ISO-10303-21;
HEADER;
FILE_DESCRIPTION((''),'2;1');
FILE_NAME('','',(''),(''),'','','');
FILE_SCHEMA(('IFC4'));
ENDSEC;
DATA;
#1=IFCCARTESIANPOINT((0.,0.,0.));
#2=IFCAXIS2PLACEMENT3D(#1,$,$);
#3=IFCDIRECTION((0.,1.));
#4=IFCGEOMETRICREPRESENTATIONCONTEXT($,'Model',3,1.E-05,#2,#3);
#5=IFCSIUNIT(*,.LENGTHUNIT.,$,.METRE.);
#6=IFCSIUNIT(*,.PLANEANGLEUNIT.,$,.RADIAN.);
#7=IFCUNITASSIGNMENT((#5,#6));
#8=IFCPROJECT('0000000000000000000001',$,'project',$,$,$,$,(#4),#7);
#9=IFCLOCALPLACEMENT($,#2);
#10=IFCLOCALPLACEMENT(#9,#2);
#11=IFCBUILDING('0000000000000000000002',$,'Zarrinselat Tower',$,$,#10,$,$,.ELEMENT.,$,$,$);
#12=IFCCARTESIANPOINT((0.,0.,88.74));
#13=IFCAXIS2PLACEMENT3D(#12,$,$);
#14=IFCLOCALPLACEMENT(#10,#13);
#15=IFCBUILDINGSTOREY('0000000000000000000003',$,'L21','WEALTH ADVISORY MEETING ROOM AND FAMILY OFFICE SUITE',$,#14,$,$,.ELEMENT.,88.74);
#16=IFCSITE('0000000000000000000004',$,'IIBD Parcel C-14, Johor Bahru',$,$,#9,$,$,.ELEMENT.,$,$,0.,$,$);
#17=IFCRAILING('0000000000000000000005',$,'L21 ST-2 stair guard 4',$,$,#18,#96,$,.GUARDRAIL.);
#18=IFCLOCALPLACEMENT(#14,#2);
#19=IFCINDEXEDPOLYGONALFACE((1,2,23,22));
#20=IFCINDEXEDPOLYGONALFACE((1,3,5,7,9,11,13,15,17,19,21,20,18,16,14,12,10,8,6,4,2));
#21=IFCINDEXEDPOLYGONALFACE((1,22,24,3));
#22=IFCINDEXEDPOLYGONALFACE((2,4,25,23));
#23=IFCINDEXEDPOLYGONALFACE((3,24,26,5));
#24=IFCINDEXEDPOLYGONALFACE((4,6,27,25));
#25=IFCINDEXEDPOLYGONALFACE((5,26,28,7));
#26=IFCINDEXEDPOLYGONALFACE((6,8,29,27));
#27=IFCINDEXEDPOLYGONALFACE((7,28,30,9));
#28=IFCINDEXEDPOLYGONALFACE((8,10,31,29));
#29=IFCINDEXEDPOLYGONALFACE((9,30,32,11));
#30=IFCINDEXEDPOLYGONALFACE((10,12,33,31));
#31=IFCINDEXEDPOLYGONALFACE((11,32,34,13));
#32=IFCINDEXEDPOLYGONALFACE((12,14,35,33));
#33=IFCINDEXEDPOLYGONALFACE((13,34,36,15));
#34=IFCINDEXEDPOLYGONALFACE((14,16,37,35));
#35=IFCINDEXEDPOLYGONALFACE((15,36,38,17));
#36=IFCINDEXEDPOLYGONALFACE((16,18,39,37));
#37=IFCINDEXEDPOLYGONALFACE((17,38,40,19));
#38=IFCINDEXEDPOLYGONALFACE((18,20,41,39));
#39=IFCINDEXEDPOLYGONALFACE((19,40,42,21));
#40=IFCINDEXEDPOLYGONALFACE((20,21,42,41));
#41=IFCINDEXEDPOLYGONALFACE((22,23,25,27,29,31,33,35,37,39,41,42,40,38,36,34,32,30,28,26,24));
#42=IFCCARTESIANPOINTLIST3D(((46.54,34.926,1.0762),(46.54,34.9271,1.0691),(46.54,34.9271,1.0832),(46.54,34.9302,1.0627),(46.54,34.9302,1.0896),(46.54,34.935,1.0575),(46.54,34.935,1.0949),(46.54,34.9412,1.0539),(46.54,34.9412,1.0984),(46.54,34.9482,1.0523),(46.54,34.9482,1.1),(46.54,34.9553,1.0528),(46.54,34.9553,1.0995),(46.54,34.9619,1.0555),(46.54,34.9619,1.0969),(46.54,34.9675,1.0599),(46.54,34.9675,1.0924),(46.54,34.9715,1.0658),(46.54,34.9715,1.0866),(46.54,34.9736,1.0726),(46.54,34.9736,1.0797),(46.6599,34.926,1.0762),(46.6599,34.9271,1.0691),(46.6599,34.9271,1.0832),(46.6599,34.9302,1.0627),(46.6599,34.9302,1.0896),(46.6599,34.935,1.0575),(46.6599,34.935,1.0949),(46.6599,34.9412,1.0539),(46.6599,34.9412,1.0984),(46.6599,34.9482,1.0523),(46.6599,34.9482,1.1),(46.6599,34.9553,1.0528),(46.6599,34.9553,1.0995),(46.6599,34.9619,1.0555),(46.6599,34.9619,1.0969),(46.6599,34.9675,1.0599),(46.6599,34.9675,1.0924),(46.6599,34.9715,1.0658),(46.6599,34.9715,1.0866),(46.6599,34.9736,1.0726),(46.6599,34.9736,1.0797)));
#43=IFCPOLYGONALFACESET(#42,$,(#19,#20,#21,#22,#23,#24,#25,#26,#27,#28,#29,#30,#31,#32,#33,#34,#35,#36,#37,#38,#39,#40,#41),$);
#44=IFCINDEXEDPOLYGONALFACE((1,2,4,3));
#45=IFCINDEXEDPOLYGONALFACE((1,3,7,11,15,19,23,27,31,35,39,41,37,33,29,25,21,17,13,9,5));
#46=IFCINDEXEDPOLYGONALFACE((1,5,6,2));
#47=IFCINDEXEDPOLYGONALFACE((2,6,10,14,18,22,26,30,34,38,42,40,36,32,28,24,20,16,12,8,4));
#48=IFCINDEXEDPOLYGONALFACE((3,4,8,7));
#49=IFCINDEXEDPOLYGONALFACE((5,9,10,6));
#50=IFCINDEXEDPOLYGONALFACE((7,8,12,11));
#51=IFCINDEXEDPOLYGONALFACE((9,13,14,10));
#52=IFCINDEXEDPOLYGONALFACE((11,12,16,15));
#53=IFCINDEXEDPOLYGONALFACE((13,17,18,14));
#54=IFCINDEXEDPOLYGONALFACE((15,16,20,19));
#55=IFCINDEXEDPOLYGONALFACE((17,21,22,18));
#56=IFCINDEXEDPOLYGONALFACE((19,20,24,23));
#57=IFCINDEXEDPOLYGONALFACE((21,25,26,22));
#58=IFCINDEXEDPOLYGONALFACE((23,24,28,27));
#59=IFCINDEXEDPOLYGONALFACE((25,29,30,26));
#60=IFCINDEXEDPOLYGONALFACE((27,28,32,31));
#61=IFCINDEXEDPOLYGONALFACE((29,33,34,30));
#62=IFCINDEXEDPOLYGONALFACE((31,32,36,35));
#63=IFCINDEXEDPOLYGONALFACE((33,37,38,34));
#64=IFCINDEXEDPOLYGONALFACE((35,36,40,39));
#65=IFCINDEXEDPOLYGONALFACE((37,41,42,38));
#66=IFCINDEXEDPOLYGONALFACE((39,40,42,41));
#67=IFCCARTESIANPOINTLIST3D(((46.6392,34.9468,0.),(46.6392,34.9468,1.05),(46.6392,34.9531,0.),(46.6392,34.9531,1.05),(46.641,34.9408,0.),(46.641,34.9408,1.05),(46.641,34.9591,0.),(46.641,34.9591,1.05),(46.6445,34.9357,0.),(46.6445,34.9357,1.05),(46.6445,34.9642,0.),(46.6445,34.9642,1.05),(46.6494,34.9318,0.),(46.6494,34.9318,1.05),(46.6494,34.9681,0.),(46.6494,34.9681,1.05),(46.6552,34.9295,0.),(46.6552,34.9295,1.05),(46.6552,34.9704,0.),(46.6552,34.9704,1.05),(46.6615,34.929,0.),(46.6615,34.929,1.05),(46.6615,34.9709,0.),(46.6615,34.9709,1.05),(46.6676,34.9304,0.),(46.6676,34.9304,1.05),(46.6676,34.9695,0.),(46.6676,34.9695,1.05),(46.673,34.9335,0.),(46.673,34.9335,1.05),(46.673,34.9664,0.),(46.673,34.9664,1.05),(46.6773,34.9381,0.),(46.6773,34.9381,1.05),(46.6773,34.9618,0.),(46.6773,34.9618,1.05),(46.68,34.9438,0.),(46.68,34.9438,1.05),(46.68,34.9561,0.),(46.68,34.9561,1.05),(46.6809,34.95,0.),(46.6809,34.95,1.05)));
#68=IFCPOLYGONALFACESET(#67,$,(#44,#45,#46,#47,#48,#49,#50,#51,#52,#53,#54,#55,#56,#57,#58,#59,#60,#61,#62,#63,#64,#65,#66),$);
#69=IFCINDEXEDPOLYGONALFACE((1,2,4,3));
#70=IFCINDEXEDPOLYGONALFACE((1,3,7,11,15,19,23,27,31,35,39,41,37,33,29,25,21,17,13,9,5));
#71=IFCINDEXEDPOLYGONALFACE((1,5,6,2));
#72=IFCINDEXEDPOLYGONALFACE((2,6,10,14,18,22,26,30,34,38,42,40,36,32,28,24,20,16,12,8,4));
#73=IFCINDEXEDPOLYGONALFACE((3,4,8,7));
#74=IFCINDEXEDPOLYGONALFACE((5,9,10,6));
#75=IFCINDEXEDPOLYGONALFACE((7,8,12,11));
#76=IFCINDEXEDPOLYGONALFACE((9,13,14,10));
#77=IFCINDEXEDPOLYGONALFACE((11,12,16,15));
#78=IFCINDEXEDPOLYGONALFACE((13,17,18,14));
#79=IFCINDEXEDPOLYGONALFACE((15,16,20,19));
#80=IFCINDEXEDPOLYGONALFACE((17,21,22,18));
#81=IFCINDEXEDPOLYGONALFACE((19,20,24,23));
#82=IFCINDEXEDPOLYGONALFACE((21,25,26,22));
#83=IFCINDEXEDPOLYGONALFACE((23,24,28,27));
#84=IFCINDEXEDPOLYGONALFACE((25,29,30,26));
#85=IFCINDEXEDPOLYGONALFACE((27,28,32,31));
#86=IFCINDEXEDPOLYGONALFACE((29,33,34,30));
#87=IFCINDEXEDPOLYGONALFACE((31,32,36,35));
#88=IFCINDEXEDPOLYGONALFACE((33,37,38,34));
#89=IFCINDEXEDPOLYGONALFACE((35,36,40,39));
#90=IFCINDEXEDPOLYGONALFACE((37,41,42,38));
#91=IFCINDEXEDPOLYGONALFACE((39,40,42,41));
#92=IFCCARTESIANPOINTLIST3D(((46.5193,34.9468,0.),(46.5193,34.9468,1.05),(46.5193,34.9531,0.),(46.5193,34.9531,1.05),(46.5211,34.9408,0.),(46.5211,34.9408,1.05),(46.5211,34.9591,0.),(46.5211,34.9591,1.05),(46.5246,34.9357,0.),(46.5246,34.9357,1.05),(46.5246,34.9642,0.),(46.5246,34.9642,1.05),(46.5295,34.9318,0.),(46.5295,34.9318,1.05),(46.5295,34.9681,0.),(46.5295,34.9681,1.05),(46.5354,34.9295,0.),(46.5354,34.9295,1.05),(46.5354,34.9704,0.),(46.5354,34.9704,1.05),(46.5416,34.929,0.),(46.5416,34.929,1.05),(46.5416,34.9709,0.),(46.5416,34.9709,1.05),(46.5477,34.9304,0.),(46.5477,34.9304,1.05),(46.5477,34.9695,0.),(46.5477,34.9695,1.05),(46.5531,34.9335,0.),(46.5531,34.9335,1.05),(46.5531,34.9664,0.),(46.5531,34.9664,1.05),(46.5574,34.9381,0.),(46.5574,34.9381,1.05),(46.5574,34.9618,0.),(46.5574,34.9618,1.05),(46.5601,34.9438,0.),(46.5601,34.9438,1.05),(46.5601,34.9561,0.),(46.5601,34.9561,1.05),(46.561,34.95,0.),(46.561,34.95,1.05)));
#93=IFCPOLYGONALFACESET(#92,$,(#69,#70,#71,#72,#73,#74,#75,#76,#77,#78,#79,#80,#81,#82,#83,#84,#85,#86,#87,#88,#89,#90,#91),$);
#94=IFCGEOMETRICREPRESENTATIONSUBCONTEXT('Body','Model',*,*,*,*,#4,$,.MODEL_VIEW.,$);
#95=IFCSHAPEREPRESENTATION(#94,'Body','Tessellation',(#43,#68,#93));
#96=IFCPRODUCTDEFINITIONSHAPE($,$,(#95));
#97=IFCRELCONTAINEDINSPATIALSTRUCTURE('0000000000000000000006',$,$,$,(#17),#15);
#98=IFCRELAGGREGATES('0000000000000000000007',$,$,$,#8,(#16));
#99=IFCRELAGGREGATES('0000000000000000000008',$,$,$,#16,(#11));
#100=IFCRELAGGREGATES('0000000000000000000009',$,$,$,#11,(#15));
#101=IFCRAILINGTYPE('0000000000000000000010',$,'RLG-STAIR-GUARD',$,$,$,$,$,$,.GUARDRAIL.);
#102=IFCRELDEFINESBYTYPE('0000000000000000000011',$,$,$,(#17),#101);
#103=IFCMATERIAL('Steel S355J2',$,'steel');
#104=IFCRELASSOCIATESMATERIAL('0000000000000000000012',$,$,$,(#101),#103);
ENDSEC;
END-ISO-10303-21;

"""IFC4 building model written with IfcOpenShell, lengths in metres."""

from ifc_helpers import new_model, si_unit, direction, frame, origin, origin_2d, place, context, subcontext, project, spatial, circle, extrude, material, type_object, element, save


model = new_model("IFC4")

# Units and contexts
model_context = context("Model", 3, precision=1e-05, world=origin(), true_north=direction((0.0, 1.0)))
body_context = subcontext(model_context, "Body", "Model", "MODEL_VIEW")
ifc_project = project(units=[si_unit("LENGTHUNIT", "METRE"), si_unit("PLANEANGLEUNIT", "RADIAN")], contexts=[model_context])

# Site, building, storey
site_placement = place(None, origin())
site = spatial("IfcSite", under=ifc_project, at=site_placement, Name="IIBD Parcel C-14, Johor Bahru", CompositionType="ELEMENT", RefElevation=0.0)
building_placement = place(site_placement, origin())
building = spatial("IfcBuilding", under=site, at=building_placement, Name="Zarrinselat Tower", CompositionType="ELEMENT")
storey_placement = place(building_placement, frame((0.0, 0.0, 88.74)))
storey = spatial("IfcBuildingStorey", under=building, at=storey_placement, Name="L21", Description="WEALTH ADVISORY MEETING ROOM AND FAMILY OFFICE SUITE", CompositionType="ELEMENT", Elevation=88.74)

# Railing
ifc_material_1 = material(Name="Steel S355J2", Category="steel")
railing_type_1 = type_object("IfcRailingType", Name="RLG-STAIR-GUARD", PredefinedType="GUARDRAIL", material=ifc_material_1)
railing_1_placement = place(storey_placement, frame((46.6599, 34.95, 0.0)))
element("IfcRailing", 1, at=railing_1_placement, inside=storey, type_object=railing_type_1, Name="L21 ST-2 stair guard 4", PredefinedType="GUARDRAIL", context=body_context, shape_type="SweptSolid", body=[
    extrude(circle(Radius=0.0239, at=origin_2d()), frame((0.0, 0.0, 1.0762), z_axis=(-1.0, 0.0, 0.0), x_axis=(0.0, -1.0, 0.0)), (0.0, 0.0, 1.0), 0.1199),
    extrude(circle(Radius=0.021, at=origin_2d()), origin(), (0.0, 0.0, 1.0), 1.05),
    extrude(circle(Radius=0.021, at=origin_2d()), frame((-0.1199, 0.0, 0.0)), (0.0, 0.0, 1.0), 1.05),
])

save(model, "model.ifc")
